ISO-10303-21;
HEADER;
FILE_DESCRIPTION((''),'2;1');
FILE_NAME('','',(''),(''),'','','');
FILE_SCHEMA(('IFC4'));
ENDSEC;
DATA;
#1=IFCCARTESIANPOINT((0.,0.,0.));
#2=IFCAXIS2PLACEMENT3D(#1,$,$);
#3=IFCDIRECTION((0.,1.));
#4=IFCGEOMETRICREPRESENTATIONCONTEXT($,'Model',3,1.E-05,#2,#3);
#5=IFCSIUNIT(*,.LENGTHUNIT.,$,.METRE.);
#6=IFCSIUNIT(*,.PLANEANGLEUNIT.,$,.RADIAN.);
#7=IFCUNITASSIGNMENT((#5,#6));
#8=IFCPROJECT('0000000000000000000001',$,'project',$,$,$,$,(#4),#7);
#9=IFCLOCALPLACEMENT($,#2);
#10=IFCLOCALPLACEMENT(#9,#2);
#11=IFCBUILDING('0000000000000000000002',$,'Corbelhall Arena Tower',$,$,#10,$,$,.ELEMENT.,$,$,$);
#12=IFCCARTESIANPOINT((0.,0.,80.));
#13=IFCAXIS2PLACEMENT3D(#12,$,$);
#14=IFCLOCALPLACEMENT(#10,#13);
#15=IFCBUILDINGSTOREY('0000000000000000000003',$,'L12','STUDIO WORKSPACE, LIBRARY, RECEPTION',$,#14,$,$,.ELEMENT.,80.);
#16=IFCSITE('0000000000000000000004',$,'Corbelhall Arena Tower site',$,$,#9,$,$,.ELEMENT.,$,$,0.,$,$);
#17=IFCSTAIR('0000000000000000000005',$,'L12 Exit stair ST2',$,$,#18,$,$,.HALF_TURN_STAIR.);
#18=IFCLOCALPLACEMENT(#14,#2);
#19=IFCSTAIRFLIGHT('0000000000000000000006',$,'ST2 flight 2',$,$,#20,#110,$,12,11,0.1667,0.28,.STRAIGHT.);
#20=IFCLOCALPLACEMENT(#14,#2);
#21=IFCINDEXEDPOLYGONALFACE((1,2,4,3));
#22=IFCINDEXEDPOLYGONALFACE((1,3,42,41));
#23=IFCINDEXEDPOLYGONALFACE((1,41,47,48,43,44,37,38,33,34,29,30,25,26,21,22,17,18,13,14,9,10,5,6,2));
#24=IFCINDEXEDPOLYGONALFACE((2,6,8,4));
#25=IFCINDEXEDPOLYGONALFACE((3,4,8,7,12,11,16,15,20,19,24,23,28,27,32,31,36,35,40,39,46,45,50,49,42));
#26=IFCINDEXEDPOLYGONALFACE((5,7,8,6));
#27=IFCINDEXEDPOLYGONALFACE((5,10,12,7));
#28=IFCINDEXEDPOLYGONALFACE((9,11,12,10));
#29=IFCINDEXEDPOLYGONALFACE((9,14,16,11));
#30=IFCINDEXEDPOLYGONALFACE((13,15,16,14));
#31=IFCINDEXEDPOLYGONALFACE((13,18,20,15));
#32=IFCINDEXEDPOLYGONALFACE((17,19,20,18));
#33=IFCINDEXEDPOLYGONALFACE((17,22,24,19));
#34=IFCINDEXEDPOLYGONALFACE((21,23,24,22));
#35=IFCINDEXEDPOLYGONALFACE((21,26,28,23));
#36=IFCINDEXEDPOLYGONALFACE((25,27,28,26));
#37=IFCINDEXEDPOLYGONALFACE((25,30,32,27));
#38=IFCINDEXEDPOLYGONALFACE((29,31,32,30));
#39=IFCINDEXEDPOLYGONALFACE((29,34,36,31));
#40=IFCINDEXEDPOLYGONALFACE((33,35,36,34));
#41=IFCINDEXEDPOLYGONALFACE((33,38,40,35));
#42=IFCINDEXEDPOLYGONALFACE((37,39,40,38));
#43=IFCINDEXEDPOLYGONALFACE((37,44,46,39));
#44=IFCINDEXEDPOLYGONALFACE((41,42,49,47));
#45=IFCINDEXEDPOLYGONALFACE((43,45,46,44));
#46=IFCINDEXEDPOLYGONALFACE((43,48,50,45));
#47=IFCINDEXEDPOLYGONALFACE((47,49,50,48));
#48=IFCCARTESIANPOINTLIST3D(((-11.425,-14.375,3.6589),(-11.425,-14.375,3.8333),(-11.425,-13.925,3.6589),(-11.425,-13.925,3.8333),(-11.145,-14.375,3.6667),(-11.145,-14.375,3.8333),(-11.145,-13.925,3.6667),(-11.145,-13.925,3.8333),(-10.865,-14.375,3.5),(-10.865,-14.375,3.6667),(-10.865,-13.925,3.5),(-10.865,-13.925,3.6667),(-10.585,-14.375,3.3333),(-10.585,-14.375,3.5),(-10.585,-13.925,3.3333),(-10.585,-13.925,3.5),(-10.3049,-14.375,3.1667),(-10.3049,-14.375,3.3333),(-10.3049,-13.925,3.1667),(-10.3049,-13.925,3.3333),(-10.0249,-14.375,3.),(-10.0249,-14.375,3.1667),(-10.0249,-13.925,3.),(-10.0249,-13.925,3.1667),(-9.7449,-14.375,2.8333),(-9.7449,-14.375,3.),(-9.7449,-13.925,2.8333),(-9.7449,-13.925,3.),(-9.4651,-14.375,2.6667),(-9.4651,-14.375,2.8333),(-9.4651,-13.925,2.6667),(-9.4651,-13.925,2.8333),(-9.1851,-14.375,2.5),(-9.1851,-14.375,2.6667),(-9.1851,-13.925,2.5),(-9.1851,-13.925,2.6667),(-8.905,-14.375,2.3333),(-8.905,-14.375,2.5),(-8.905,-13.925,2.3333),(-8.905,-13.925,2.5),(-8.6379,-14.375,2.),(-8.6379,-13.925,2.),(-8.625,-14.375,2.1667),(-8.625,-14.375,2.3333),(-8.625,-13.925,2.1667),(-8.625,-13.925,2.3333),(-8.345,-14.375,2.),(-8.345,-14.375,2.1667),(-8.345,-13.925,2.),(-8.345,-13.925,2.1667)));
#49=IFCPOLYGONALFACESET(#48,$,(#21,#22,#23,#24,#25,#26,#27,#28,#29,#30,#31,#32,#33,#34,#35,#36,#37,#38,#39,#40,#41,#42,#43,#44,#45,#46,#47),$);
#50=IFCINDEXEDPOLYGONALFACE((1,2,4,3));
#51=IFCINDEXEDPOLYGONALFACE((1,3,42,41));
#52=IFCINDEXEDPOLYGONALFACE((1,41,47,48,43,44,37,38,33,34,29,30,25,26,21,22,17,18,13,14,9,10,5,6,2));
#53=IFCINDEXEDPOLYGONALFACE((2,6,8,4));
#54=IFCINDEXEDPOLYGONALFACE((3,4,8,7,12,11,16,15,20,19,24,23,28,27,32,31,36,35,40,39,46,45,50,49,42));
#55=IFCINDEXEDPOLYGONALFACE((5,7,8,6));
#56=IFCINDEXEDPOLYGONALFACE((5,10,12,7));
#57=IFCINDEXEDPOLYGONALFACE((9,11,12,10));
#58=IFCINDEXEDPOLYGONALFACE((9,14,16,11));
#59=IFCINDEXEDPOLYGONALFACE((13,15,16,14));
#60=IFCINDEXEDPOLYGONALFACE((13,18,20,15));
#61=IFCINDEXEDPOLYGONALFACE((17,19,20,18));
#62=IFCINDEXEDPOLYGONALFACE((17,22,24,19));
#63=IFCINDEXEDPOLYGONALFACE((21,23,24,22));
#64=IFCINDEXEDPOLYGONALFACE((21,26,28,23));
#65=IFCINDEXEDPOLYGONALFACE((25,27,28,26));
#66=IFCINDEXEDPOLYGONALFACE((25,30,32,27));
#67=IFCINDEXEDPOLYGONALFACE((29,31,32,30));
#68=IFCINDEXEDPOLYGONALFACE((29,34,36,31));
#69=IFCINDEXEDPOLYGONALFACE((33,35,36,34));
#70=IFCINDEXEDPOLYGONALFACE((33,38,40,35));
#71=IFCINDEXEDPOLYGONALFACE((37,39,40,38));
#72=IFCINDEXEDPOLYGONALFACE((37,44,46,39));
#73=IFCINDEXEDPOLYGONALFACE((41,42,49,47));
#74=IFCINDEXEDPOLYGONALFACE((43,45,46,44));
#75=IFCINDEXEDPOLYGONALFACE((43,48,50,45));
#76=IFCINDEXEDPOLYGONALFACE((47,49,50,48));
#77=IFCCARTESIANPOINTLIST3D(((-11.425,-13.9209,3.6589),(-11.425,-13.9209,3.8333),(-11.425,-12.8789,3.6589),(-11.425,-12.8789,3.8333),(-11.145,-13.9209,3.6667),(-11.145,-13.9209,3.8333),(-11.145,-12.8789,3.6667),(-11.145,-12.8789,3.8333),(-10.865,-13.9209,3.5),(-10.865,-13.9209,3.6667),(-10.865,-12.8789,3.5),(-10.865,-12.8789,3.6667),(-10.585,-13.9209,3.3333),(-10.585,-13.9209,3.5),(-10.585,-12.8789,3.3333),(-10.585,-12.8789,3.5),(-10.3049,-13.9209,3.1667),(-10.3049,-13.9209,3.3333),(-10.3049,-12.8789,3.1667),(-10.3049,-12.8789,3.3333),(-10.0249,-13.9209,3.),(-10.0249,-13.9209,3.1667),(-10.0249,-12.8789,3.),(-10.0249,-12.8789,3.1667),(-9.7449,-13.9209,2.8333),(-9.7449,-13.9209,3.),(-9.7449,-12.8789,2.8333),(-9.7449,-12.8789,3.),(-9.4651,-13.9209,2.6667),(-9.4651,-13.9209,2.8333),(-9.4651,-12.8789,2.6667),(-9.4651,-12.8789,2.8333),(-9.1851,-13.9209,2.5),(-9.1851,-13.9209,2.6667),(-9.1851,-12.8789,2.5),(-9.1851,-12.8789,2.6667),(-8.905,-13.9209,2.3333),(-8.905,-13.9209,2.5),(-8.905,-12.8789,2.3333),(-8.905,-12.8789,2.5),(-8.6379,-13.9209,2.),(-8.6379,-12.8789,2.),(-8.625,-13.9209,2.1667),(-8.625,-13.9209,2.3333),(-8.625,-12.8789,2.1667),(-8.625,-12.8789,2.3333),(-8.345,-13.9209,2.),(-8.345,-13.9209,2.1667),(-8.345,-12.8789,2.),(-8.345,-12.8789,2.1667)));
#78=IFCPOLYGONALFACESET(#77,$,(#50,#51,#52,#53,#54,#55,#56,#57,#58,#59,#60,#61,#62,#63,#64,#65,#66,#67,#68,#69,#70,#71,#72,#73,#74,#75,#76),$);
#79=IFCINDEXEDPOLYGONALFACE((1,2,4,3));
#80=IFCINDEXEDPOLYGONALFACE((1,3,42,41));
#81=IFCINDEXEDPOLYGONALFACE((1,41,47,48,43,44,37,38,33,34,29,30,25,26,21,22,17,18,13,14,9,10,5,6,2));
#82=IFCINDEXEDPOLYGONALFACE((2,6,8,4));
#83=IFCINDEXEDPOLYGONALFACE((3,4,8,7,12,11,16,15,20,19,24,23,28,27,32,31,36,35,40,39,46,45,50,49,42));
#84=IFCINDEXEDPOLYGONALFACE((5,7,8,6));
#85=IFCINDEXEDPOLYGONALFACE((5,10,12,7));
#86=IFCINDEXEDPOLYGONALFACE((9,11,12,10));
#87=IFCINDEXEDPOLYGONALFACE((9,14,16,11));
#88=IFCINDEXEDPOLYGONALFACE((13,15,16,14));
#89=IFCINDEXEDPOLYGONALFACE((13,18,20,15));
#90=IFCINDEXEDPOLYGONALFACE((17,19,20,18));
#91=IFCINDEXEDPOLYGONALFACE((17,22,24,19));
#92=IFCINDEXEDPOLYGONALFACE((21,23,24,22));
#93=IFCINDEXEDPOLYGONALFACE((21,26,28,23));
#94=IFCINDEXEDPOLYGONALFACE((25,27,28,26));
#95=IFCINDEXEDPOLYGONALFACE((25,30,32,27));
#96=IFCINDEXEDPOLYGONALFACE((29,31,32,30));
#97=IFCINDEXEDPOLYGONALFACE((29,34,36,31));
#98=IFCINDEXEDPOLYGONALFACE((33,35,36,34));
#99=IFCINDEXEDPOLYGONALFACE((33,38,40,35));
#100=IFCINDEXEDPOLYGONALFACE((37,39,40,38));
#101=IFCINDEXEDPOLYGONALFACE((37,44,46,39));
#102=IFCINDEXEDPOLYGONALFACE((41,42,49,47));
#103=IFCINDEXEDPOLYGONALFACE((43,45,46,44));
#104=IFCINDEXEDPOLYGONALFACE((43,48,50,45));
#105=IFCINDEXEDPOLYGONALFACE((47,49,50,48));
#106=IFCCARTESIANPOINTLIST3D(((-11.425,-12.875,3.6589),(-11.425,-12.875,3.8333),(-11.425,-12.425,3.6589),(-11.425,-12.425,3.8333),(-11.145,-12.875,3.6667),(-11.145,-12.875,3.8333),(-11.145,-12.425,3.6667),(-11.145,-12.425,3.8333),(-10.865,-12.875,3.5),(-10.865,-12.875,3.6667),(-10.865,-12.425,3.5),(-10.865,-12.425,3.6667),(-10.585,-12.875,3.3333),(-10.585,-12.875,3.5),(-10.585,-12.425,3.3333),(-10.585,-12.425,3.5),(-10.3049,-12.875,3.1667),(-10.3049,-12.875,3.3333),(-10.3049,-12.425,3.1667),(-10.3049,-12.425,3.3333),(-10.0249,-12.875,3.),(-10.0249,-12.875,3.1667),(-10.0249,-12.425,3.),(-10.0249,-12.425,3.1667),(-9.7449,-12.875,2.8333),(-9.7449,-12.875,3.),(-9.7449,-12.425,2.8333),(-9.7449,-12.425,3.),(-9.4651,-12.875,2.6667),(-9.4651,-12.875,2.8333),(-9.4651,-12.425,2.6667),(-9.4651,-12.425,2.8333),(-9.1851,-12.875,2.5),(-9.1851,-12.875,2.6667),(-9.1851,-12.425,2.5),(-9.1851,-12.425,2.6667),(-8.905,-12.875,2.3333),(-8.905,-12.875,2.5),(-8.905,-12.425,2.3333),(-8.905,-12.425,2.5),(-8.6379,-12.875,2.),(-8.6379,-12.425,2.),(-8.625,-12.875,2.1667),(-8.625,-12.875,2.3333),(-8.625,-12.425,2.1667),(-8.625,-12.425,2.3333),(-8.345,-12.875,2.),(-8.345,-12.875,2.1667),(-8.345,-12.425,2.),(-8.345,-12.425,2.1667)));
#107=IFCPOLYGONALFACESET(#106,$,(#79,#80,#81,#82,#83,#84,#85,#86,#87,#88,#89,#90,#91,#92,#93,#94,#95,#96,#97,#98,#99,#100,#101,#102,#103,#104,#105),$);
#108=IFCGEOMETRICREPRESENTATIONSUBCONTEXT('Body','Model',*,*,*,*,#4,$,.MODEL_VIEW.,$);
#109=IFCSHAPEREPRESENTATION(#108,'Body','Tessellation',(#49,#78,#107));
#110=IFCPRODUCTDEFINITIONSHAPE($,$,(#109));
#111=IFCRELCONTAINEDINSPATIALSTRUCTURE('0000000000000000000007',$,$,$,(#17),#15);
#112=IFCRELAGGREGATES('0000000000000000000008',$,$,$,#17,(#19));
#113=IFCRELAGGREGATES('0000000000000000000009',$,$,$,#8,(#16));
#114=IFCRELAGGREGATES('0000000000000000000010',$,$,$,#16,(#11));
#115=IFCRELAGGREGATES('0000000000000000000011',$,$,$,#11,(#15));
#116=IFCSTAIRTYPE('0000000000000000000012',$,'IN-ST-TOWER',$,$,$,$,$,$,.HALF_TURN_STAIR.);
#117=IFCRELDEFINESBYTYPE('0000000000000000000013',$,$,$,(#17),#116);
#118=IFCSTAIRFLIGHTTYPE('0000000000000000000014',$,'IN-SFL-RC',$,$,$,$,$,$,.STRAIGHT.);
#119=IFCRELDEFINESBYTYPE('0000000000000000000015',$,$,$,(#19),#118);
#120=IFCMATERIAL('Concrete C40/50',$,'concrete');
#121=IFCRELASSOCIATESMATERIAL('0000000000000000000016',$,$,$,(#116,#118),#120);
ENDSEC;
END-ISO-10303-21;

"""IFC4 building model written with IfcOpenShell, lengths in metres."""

from ifc_helpers import new_model, si_unit, direction, frame, origin, place, context, subcontext, project, spatial, polyline, outline, extrude, material, type_object, element, aggregate, save


model = new_model("IFC4")

# Units and contexts
model_context = context("Model", 3, precision=1e-05, world=origin(), true_north=direction((0.0, 1.0)))
body_context = subcontext(model_context, "Body", "Model", "MODEL_VIEW")
ifc_project = project(units=[si_unit("LENGTHUNIT", "METRE"), si_unit("PLANEANGLEUNIT", "RADIAN")], contexts=[model_context])

# Site, building, storey
site_placement = place(None, origin())
site = spatial("IfcSite", under=ifc_project, at=site_placement, Name="Corbelhall Arena Tower site", CompositionType="ELEMENT", RefElevation=0.0)
building_placement = place(site_placement, origin())
building = spatial("IfcBuilding", under=site, at=building_placement, Name="Corbelhall Arena Tower", CompositionType="ELEMENT")
storey_placement = place(building_placement, frame((0.0, 0.0, 80.0)))
storey = spatial("IfcBuildingStorey", under=building, at=storey_placement, Name="L12", Description="STUDIO WORKSPACE, LIBRARY, RECEPTION", CompositionType="ELEMENT", Elevation=80.0)

# Shared definitions
ifc_material_1 = material(Name="Concrete C40/50", Category="concrete")

# Stair, stair flight
stair_type = type_object("IfcStairType", Name="IN-ST-TOWER", PredefinedType="HALF_TURN_STAIR", material=ifc_material_1)
stair_placement = place(storey_placement, origin())
stair = element("IfcStair", 1, at=stair_placement, inside=storey, type_object=stair_type, Name="L12 Exit stair ST2", PredefinedType="HALF_TURN_STAIR")
stair_flight_type = type_object("IfcStairFlightType", Name="IN-SFL-RC", PredefinedType="STRAIGHT", material=ifc_material_1)
stair_flight_placement = place(storey_placement, frame((-8.345, -13.3999, 2.0), z_axis=(0.0, 0.0, 1.0), x_axis=(-1.0, 0.0, 0.0)))
stair_flight = element("IfcStairFlight", 2, at=stair_flight_placement, type_object=stair_flight_type, Name="ST2 flight 2", NumberOfRisers=12, NumberOfTreads=11, PredefinedType="STRAIGHT", RiserHeight=0.1667, TreadLength=0.28, context=body_context, shape_type="SweptSolid", body=[
    extrude(outline(polyline([(0.0, 0.0), (0.0, 0.1667), (0.28, 0.1667), (0.28, 0.3333), (0.5601, 0.3333), (0.5601, 0.5), (0.8401, 0.5), (0.8401, 0.6667), (1.1201, 0.6667), (1.1201, 0.8333), (1.3999, 0.8333), (1.3999, 1.0), (1.6799, 1.0), (1.6799, 1.1667), (1.96, 1.1667), (1.96, 1.3333), (2.24, 1.3333), (2.24, 1.5), (2.52, 1.5), (2.52, 1.6667), (2.8, 1.6667), (2.8, 1.8333), (3.0801, 1.8333), (3.0801, 2.0), (3.0801, 1.6589), (0.293, 0.0), (0.0, 0.0)])), frame((0.0, 0.9751, 0.0), z_axis=(0.0, -1.0, 0.0), x_axis=(1.0, 0.0, 0.0)), (0.0, 0.0, 1.0), 0.45),
    extrude(outline(polyline([(0.0, 0.0), (0.0, 0.1667), (0.28, 0.1667), (0.28, 0.3333), (0.5601, 0.3333), (0.5601, 0.5), (0.8401, 0.5), (0.8401, 0.6667), (1.1201, 0.6667), (1.1201, 0.8333), (1.3999, 0.8333), (1.3999, 1.0), (1.6799, 1.0), (1.6799, 1.1667), (1.96, 1.1667), (1.96, 1.3333), (2.24, 1.3333), (2.24, 1.5), (2.52, 1.5), (2.52, 1.6667), (2.8, 1.6667), (2.8, 1.8333), (3.0801, 1.8333), (3.0801, 2.0), (3.0801, 1.6589), (0.293, 0.0), (0.0, 0.0)])), frame((0.0, 0.521, 0.0), z_axis=(0.0, -1.0, 0.0), x_axis=(1.0, 0.0, 0.0)), (0.0, 0.0, 1.0), 1.042),
    extrude(outline(polyline([(0.0, 0.0), (0.0, 0.1667), (0.28, 0.1667), (0.28, 0.3333), (0.5601, 0.3333), (0.5601, 0.5), (0.8401, 0.5), (0.8401, 0.6667), (1.1201, 0.6667), (1.1201, 0.8333), (1.3999, 0.8333), (1.3999, 1.0), (1.6799, 1.0), (1.6799, 1.1667), (1.96, 1.1667), (1.96, 1.3333), (2.24, 1.3333), (2.24, 1.5), (2.52, 1.5), (2.52, 1.6667), (2.8, 1.6667), (2.8, 1.8333), (3.0801, 1.8333), (3.0801, 2.0), (3.0801, 1.6589), (0.293, 0.0), (0.0, 0.0)])), frame((0.0, -0.5249, 0.0), z_axis=(0.0, -1.0, 0.0), x_axis=(1.0, 0.0, 0.0)), (0.0, 0.0, 1.0), 0.45),
])
aggregate(stair, [stair_flight])

save(model, "model.ifc")
